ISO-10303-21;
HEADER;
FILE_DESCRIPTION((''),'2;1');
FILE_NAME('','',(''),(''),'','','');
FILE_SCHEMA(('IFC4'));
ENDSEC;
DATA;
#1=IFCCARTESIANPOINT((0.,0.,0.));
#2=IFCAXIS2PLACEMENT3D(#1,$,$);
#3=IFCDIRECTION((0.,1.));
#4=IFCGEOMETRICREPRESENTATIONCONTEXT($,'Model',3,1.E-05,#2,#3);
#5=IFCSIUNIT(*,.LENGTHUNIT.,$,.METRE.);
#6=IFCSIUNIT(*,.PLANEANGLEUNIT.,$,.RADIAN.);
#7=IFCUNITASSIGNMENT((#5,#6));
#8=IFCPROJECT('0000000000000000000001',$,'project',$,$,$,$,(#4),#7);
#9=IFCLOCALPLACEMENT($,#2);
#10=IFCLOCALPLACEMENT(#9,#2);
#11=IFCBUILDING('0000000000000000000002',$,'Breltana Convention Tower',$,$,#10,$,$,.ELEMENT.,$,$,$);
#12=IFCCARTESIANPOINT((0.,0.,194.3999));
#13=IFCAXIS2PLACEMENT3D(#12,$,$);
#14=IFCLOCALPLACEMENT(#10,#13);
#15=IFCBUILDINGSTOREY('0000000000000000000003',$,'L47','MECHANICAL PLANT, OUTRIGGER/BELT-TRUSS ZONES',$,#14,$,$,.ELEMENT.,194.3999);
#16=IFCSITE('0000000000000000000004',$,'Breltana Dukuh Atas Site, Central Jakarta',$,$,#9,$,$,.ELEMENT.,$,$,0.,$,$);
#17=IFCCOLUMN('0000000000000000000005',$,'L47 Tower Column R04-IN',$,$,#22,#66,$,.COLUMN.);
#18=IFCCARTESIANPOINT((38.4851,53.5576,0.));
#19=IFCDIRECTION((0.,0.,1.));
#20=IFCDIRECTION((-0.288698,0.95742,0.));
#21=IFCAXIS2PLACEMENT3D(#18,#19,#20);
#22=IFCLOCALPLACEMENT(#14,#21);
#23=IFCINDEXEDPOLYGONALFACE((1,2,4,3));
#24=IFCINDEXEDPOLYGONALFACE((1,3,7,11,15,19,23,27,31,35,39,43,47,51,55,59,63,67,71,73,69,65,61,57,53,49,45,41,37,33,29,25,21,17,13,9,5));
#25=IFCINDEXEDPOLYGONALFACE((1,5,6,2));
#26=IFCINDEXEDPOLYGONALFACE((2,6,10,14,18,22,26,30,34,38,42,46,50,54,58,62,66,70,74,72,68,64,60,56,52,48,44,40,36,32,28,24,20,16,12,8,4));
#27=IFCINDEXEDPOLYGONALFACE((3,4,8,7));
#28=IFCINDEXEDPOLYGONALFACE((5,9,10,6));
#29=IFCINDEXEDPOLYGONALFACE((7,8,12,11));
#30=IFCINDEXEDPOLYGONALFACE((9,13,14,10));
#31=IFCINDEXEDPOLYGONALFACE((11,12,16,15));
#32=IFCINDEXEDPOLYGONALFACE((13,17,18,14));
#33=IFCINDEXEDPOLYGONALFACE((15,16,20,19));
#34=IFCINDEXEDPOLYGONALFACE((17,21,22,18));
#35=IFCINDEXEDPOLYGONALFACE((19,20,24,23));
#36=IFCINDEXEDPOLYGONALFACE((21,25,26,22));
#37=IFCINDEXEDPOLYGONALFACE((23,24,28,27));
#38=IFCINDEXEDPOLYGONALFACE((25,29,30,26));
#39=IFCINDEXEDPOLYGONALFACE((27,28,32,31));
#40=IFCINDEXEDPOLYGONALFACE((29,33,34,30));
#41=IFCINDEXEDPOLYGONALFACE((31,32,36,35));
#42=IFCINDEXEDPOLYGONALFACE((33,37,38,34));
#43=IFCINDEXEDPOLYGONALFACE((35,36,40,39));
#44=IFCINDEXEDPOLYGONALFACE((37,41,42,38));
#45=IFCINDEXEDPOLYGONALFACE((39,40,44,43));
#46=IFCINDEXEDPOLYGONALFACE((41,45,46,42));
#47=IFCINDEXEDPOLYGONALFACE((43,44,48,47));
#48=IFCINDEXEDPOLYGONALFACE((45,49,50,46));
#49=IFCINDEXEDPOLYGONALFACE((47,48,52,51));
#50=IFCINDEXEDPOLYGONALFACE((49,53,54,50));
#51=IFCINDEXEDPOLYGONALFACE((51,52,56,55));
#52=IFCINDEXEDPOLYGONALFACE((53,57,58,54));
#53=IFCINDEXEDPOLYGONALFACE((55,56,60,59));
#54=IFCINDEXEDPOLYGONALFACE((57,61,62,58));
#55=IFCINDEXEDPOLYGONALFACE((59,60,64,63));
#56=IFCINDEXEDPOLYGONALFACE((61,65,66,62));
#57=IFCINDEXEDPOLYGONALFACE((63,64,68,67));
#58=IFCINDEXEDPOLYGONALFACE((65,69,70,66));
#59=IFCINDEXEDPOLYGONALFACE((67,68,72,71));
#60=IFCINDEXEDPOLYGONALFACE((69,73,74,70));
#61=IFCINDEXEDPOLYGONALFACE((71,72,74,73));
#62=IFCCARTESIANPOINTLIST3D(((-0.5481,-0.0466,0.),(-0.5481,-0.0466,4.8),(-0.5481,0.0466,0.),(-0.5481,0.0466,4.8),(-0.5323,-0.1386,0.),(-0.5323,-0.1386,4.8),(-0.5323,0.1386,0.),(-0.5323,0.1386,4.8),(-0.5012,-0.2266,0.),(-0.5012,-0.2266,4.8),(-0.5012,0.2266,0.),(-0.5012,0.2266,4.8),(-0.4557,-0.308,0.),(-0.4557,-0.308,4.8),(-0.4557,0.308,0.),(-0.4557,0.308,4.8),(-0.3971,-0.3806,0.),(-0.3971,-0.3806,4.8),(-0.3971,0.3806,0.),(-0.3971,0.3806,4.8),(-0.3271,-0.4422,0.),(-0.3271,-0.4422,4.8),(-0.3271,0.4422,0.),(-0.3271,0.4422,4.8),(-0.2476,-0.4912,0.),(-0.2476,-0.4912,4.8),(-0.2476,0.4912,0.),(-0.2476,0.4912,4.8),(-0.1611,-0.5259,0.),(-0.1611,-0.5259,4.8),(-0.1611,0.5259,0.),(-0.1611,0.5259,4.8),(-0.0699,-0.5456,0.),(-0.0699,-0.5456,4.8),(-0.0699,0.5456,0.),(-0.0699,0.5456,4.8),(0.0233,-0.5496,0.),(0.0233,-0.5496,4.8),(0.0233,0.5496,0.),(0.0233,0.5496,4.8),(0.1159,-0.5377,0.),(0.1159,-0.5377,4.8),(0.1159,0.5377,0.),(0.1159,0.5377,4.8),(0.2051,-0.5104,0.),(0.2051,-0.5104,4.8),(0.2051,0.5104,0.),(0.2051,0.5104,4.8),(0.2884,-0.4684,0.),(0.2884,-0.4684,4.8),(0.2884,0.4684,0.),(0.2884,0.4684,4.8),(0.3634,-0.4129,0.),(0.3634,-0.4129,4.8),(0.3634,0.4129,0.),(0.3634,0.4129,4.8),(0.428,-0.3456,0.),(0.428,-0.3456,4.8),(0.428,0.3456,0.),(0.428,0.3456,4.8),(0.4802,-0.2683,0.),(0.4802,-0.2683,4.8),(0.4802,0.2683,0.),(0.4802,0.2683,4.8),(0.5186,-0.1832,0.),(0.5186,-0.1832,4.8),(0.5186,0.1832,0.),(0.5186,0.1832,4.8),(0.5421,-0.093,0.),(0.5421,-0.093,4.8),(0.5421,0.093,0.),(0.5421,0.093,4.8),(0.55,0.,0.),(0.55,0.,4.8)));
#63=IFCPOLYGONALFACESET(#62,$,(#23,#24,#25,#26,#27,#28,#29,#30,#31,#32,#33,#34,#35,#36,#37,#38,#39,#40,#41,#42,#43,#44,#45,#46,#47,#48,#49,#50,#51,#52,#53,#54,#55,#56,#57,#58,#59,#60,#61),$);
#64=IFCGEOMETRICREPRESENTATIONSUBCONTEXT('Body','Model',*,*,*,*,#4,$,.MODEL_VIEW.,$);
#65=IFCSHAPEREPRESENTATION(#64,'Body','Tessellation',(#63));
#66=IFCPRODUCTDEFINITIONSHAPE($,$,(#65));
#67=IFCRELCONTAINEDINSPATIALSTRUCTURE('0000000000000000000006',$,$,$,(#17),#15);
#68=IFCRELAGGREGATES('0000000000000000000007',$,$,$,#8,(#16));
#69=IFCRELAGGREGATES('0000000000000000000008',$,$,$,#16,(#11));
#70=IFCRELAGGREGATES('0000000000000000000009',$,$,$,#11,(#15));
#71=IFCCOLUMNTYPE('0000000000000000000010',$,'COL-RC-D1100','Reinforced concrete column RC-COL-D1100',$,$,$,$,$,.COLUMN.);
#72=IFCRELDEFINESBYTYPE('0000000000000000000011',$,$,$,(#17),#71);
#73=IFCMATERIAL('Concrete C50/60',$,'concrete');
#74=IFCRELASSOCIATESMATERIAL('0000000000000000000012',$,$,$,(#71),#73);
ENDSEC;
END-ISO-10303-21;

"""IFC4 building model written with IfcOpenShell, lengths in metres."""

from ifc_helpers import new_model, si_unit, direction, frame, origin, origin_2d, place, context, subcontext, project, spatial, circle, extrude, source, transform, mapped, material, material_profile, profile_set, type_object, element, save


model = new_model("IFC4")

# Units and contexts
model_context = context("Model", 3, precision=1e-05, world=origin(), true_north=direction((0.0, 1.0)))
body_context = subcontext(model_context, "Body", "Model", "MODEL_VIEW")
ifc_project = project(units=[si_unit("LENGTHUNIT", "METRE"), si_unit("PLANEANGLEUNIT", "RADIAN")], contexts=[model_context])

# Site, building, storey
site_placement = place(None, origin())
site = spatial("IfcSite", under=ifc_project, at=site_placement, Name="Breltana Dukuh Atas Site, Central Jakarta", CompositionType="ELEMENT", RefElevation=0.0)
building_placement = place(site_placement, origin())
building = spatial("IfcBuilding", under=site, at=building_placement, Name="Breltana Convention Tower", CompositionType="ELEMENT")
storey_placement = place(building_placement, frame((0.0, 0.0, 194.3999)))
storey = spatial("IfcBuildingStorey", under=building, at=storey_placement, Name="L47", Description="MECHANICAL PLANT, OUTRIGGER/BELT-TRUSS ZONES", CompositionType="ELEMENT", Elevation=194.3999)

# Column
ifc_material_1 = material(Name="Concrete C50/60", Category="concrete")
ifc_material_profile_1 = material_profile(ifc_material_1, circle(Radius=0.55, at=origin_2d()), Name="RC-COL-D1100")
ifc_profile_set_1 = profile_set([ifc_material_profile_1], Name="Concrete C50/60")
column_type = type_object("IfcColumnType", Name="COL-RC-D1100", Description="Reinforced concrete column RC-COL-D1100", PredefinedType="COLUMN", material=ifc_profile_set_1)
shared_shape_1 = source(origin(), body_context, "Body", "SweptSolid", [
    extrude(circle(Radius=0.55, at=origin_2d()), origin(), (0.0, 0.0, 1.0), 4.8),
])
for number, where, z_axis, x_axis, name in (
    (1, (38.4851, 53.5576, 0.0), (0.0, 0.0, 1.0), (-0.288698, 0.95742, 0.0), "L47 Tower Column R04-IN"),
):
    element("IfcColumn", number, at=place(storey_placement, frame(where, z_axis=z_axis, x_axis=x_axis)), inside=storey, type_object=column_type, Name=name, PredefinedType="COLUMN", context=body_context, shape_type="MappedRepresentation", body=[
        mapped(shared_shape_1, transform((0.0, 0.0, 0.0), scale=1.0)),
    ])

save(model, "model.ifc")
